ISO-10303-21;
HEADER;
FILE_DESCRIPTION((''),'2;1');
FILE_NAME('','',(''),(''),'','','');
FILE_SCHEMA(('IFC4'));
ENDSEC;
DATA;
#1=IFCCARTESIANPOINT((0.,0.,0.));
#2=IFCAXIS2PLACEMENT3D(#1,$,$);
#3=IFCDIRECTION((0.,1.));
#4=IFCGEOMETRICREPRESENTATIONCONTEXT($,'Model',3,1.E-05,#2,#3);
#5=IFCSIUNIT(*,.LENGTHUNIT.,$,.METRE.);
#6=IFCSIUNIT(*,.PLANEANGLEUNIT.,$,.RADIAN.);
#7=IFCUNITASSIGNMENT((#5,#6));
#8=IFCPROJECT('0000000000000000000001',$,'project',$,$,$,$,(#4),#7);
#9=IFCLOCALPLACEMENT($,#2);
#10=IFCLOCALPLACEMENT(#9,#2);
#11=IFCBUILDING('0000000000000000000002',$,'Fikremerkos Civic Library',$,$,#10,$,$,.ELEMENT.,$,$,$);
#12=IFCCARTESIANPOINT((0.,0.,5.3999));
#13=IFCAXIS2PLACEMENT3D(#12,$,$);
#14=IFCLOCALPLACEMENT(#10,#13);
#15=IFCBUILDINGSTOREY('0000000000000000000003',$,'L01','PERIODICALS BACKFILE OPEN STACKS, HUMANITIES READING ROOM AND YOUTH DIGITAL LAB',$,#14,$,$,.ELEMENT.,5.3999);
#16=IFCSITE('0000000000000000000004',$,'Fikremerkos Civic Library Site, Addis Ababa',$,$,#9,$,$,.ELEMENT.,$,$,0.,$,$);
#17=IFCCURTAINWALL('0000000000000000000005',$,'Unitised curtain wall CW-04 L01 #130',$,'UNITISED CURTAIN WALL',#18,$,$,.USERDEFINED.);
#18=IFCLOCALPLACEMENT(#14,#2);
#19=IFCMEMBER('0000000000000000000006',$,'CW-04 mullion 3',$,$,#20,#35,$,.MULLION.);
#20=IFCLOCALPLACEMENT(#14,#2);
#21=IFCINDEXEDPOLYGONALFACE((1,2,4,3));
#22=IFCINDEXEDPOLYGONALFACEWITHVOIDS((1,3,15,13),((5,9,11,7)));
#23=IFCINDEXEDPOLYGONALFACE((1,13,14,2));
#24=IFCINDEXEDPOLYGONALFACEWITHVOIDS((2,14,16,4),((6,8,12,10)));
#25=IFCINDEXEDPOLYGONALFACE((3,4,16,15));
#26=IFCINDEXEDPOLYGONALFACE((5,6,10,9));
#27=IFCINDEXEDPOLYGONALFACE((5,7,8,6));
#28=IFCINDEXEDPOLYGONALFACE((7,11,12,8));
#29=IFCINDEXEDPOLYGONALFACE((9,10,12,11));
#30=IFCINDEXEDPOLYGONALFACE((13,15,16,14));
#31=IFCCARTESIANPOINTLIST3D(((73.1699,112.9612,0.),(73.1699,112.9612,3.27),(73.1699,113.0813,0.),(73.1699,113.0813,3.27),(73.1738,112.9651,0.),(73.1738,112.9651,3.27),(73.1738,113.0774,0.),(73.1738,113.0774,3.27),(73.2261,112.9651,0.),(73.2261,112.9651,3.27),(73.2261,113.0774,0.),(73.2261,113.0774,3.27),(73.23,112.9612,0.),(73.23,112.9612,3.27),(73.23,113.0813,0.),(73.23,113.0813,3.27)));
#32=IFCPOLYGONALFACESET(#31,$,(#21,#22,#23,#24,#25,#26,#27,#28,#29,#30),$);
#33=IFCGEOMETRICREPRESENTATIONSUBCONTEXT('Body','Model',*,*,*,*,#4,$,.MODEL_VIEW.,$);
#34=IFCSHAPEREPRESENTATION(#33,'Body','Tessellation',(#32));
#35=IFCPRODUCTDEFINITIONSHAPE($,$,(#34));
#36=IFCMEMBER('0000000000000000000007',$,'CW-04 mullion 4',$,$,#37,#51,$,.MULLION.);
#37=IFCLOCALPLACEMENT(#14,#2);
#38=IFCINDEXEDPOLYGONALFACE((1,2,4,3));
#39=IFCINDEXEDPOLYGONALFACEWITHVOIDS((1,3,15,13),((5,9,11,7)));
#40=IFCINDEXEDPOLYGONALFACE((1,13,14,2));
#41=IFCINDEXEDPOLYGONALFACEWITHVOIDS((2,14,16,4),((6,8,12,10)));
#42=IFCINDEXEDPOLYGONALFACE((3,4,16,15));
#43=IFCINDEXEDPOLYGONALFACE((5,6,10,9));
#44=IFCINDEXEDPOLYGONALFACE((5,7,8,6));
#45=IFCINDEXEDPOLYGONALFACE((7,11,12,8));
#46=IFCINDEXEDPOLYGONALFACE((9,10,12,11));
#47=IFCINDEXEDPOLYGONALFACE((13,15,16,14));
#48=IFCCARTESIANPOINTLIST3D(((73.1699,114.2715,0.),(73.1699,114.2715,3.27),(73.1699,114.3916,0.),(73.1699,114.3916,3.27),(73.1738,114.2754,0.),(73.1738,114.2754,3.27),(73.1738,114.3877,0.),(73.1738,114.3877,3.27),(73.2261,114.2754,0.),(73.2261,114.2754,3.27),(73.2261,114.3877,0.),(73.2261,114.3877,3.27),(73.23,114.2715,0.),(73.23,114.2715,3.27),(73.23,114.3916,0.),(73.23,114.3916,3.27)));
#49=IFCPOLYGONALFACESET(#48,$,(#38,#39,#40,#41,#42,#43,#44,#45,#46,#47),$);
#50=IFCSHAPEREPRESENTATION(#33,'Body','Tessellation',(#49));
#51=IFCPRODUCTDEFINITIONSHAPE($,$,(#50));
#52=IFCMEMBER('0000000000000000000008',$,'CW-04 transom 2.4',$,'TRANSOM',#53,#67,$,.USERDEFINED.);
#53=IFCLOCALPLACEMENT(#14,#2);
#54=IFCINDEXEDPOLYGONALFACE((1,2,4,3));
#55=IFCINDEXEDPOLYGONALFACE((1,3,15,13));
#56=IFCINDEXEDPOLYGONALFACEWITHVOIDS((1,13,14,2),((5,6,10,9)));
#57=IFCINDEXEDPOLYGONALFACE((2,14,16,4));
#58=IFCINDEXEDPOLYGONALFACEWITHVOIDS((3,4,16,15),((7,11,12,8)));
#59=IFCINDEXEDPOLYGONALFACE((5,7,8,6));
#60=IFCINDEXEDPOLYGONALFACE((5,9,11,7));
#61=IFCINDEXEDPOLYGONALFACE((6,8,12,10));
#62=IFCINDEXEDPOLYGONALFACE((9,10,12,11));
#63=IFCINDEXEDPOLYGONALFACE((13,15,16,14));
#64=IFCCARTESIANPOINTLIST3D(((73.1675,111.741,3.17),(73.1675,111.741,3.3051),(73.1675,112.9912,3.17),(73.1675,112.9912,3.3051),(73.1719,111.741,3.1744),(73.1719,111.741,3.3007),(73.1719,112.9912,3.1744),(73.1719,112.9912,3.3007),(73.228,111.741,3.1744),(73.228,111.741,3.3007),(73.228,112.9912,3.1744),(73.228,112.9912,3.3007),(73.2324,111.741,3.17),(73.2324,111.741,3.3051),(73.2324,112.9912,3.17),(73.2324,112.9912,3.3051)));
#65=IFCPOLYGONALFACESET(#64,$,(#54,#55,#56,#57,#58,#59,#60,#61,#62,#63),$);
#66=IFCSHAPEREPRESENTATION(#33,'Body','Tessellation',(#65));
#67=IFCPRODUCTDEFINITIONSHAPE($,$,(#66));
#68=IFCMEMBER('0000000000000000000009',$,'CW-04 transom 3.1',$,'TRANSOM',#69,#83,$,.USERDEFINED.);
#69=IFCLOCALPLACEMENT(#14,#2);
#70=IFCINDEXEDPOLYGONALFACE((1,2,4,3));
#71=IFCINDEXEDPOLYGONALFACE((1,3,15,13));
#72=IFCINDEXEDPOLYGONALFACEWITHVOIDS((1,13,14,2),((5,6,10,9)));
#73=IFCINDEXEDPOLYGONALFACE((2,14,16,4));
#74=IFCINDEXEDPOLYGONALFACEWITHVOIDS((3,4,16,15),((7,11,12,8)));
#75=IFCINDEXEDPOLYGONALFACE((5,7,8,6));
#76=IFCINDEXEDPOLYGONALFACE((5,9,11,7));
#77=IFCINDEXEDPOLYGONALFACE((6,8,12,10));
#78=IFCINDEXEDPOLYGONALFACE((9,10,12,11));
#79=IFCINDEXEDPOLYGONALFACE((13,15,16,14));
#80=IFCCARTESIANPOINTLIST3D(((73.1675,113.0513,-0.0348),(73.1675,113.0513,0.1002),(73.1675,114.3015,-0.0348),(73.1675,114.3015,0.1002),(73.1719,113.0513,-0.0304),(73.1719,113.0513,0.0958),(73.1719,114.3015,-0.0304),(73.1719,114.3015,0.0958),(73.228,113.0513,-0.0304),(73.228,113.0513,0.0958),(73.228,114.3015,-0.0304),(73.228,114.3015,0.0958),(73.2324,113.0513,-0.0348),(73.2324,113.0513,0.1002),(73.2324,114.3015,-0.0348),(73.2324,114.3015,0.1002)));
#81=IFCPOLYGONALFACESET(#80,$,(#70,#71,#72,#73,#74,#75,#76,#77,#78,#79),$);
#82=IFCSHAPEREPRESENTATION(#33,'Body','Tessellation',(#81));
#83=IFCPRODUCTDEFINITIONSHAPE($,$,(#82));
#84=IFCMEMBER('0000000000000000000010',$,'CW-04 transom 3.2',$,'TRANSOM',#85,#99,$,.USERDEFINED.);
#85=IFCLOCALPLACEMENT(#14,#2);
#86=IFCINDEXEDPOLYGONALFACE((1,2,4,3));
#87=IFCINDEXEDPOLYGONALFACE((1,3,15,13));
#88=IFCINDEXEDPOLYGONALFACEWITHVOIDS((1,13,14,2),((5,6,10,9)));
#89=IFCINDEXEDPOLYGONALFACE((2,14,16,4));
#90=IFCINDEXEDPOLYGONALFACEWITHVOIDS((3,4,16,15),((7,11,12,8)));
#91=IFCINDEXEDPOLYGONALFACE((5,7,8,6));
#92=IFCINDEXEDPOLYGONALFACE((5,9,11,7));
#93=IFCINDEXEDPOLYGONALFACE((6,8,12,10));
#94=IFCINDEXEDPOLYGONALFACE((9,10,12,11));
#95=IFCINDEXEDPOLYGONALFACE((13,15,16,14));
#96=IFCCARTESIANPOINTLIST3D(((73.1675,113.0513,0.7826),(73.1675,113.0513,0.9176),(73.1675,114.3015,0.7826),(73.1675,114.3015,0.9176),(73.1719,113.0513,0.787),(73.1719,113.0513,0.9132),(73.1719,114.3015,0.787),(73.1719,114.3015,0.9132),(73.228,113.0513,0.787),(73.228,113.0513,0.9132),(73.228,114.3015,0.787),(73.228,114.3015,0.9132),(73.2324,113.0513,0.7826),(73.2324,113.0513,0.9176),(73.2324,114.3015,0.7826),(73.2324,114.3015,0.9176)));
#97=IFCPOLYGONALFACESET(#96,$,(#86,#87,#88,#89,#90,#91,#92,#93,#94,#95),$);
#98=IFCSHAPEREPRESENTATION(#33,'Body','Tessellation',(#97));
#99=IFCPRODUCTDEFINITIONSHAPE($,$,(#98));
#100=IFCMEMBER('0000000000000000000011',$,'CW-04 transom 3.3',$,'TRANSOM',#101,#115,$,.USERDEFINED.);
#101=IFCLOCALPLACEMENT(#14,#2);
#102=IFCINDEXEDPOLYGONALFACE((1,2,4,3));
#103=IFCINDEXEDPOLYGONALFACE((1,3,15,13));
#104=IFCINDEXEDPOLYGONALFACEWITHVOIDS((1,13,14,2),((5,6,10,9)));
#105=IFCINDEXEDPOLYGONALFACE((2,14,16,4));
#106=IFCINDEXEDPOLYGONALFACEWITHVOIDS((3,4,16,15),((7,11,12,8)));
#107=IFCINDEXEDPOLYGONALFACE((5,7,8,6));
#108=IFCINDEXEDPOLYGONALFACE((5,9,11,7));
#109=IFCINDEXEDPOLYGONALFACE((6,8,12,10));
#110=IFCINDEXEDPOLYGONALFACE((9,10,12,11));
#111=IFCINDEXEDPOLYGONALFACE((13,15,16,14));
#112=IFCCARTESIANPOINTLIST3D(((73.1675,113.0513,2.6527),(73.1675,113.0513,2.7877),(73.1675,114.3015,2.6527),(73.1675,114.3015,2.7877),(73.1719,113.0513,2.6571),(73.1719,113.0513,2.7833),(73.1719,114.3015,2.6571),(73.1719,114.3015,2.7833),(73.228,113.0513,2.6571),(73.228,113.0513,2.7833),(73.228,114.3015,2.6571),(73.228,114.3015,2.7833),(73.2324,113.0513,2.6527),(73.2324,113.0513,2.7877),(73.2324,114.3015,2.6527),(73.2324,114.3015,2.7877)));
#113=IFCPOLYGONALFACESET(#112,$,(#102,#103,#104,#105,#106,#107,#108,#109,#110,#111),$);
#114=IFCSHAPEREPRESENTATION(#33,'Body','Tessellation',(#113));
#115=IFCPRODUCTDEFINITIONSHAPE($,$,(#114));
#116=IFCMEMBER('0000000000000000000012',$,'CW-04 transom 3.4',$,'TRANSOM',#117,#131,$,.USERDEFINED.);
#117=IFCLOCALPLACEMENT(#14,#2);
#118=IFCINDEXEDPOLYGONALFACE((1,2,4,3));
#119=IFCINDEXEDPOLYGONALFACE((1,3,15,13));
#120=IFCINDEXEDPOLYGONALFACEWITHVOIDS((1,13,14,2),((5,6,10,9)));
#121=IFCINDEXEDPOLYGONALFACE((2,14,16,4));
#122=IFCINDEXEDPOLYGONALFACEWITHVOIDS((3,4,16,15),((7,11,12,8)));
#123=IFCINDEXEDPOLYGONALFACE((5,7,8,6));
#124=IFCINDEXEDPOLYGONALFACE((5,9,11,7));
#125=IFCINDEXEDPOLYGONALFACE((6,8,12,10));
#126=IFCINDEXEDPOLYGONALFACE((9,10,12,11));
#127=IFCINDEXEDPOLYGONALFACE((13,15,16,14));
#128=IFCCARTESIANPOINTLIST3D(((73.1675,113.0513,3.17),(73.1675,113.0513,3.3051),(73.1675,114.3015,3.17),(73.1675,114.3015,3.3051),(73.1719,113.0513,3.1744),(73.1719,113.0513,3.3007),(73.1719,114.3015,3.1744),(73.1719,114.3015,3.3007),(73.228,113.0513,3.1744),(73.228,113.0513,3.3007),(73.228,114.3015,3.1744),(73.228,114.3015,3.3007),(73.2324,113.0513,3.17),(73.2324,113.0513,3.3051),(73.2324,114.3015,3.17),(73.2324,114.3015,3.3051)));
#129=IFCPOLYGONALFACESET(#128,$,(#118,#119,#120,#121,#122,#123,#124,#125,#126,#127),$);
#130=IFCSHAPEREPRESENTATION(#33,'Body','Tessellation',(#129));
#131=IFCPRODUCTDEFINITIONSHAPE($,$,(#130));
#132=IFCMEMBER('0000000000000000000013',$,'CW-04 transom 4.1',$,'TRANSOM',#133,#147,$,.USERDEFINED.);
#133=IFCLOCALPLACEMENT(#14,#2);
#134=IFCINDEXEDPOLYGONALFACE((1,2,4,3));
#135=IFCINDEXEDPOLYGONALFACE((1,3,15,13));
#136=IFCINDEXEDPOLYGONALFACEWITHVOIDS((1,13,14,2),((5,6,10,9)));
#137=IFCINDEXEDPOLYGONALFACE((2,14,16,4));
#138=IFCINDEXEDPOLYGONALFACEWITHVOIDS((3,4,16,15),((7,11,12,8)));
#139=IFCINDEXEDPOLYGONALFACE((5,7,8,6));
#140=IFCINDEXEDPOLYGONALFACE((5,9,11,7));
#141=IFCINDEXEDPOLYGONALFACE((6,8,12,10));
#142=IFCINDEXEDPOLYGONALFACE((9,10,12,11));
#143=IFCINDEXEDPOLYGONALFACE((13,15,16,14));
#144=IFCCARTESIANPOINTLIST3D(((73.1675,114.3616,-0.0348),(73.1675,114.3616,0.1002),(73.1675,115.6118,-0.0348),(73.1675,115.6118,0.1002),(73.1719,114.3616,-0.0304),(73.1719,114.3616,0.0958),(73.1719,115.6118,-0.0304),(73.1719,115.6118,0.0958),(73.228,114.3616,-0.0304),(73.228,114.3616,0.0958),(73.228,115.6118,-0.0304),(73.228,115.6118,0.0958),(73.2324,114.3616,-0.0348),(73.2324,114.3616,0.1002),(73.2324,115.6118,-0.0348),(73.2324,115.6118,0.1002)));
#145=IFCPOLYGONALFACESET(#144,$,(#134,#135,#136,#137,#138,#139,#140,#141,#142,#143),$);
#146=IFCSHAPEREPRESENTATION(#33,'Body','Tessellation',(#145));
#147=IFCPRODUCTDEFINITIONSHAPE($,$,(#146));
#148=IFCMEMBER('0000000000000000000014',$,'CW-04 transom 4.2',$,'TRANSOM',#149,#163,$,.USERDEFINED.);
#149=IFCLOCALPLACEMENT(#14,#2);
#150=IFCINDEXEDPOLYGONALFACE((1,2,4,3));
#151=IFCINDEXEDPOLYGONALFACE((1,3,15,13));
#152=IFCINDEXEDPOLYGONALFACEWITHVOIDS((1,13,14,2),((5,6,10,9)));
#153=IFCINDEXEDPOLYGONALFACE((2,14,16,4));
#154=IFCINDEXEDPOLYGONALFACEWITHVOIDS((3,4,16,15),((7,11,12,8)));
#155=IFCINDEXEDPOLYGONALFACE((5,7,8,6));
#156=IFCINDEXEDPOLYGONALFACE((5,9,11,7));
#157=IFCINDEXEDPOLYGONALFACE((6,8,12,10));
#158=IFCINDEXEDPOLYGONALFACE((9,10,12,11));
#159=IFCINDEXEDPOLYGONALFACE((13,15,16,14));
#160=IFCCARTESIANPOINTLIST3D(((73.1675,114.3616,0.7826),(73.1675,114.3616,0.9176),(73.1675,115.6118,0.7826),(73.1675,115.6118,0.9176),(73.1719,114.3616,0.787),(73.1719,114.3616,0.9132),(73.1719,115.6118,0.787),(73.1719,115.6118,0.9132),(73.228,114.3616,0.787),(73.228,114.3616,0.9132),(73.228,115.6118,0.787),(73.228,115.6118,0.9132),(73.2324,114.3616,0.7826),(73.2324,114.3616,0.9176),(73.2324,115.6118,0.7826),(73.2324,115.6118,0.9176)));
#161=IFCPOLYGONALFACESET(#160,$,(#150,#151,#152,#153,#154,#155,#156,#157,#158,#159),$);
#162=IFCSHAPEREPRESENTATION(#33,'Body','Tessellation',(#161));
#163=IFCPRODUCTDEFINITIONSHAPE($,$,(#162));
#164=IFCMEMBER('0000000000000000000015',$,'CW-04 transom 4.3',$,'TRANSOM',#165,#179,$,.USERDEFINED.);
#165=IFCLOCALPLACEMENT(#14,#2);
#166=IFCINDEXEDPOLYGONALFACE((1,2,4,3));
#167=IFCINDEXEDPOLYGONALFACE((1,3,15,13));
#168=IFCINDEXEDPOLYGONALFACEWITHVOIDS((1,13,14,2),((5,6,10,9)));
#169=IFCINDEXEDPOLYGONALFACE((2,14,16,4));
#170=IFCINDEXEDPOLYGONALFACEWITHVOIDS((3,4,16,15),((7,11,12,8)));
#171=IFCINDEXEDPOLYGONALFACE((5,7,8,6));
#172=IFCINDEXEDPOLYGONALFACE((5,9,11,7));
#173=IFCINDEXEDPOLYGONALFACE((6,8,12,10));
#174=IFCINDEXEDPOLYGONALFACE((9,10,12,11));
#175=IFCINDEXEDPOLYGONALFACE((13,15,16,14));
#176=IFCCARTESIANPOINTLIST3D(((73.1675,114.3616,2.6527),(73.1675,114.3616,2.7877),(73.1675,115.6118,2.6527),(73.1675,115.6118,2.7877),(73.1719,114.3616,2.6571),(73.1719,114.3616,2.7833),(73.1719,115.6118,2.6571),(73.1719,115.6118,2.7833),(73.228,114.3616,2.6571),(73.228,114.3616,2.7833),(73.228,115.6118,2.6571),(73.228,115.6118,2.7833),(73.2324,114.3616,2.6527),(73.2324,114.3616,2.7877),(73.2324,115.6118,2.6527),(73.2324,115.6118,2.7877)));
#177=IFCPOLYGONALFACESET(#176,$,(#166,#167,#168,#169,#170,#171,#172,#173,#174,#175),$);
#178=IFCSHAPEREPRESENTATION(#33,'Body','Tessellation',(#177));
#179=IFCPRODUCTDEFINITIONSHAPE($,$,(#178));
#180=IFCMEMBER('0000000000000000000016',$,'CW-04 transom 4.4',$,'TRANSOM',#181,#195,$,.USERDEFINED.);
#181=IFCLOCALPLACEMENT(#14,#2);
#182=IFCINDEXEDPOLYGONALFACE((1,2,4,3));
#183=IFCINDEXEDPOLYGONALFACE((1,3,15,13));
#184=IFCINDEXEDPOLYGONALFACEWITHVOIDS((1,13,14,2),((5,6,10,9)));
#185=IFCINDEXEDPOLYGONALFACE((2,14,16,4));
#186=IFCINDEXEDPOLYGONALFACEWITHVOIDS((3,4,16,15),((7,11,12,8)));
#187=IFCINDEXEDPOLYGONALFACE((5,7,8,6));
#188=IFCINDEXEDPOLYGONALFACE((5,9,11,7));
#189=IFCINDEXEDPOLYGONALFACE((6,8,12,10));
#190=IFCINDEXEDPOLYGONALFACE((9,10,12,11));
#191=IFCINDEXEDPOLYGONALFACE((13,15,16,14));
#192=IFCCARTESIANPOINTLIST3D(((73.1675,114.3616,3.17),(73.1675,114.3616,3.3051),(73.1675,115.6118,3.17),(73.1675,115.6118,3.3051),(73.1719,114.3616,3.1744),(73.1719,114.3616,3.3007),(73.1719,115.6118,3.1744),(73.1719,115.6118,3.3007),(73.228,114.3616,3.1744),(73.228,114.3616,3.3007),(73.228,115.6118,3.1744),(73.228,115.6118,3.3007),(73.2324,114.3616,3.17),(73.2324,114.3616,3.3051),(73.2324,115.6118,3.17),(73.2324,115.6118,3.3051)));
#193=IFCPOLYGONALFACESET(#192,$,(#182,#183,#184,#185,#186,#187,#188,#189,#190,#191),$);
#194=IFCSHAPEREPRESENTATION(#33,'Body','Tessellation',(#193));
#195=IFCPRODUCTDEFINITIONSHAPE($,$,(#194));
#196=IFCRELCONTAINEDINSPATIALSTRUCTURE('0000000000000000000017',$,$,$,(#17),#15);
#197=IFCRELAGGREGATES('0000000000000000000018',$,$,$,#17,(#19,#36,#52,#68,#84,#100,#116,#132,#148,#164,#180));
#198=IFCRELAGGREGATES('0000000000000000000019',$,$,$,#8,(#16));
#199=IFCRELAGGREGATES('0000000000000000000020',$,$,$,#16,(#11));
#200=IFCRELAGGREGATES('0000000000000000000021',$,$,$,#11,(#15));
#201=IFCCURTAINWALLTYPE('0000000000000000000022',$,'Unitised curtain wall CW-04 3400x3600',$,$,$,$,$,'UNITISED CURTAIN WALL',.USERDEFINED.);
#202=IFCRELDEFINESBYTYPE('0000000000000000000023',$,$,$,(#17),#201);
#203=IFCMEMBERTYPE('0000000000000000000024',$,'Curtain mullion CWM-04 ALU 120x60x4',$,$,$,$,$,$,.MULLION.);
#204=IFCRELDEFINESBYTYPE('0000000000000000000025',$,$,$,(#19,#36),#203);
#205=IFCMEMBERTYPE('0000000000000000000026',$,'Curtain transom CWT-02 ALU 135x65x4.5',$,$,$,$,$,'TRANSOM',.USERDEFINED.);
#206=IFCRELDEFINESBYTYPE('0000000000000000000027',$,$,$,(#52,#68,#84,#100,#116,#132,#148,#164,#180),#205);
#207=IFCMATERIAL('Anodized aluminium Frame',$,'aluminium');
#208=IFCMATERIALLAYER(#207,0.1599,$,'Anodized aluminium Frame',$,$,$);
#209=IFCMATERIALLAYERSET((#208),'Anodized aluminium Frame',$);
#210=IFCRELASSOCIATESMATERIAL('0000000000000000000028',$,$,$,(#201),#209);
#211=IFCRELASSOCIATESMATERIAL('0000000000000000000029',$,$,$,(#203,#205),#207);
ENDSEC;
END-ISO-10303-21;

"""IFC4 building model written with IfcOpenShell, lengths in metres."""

from ifc_helpers import new_model, si_unit, direction, frame, origin, origin_2d, place, context, subcontext, project, spatial, hollow_rectangle, extrude, material, layer, layer_set, material_profile, profile_set, type_object, element, aggregate, save


model = new_model("IFC4")

# Units and contexts
model_context = context("Model", 3, precision=1e-05, world=origin(), true_north=direction((0.0, 1.0)))
body_context = subcontext(model_context, "Body", "Model", "MODEL_VIEW")
ifc_project = project(units=[si_unit("LENGTHUNIT", "METRE"), si_unit("PLANEANGLEUNIT", "RADIAN")], contexts=[model_context])

# Site, building, storey
site_placement = place(None, origin())
site = spatial("IfcSite", under=ifc_project, at=site_placement, Name="Fikremerkos Civic Library Site, Addis Ababa", CompositionType="ELEMENT", RefElevation=0.0)
building_placement = place(site_placement, origin())
building = spatial("IfcBuilding", under=site, at=building_placement, Name="Fikremerkos Civic Library", CompositionType="ELEMENT")
storey_placement = place(building_placement, frame((0.0, 0.0, 5.3999)))
storey = spatial("IfcBuildingStorey", under=building, at=storey_placement, Name="L01", Description="PERIODICALS BACKFILE OPEN STACKS, HUMANITIES READING ROOM AND YOUTH DIGITAL LAB", CompositionType="ELEMENT", Elevation=5.3999)

# Curtain wall, members
ifc_material_1 = material(Name="Anodized aluminium Frame", Category="aluminium")
ifc_layer_1 = layer(ifc_material_1, 0.1599, Name="Anodized aluminium Frame")
ifc_layer_set_1 = layer_set([ifc_layer_1], Name="Anodized aluminium Frame")
curtain_wall_type = type_object("IfcCurtainWallType", Name="Unitised curtain wall CW-04 3400x3600", ElementType="UNITISED CURTAIN WALL", PredefinedType="USERDEFINED", material=ifc_layer_set_1)
curtain_wall_placement = place(storey_placement, origin())
curtain_wall = element("IfcCurtainWall", 1, at=curtain_wall_placement, inside=storey, type_object=curtain_wall_type, Name="Unitised curtain wall CW-04 L01 #130", ObjectType="UNITISED CURTAIN WALL", PredefinedType="USERDEFINED")
ifc_material_profile_1 = material_profile(ifc_material_1, hollow_rectangle(XDim=0.0601, YDim=0.1201, WallThickness=0.0039, at=origin_2d()), Name="ALU 120x60x4")
ifc_profile_set_1 = profile_set([ifc_material_profile_1], Name="Anodized aluminium Frame")
member_type_1 = type_object("IfcMemberType", Name="Curtain mullion CWM-04 ALU 120x60x4", PredefinedType="MULLION", material=ifc_profile_set_1)
member_1_placement = place(storey_placement, frame((73.2, 113.0212, 0.0), z_axis=(0.0, 0.0, 1.0), x_axis=(-1.0, 0.0, 0.0)))
member_1 = element("IfcMember", 2, at=member_1_placement, type_object=member_type_1, Name="CW-04 mullion 3", PredefinedType="MULLION", context=body_context, shape_type="SweptSolid", body=[
    extrude(hollow_rectangle(XDim=0.0601, YDim=0.1201, WallThickness=0.0039, at=origin_2d()), origin(), (0.0, 0.0, 1.0), 3.27),
])
member_2_placement = place(storey_placement, frame((73.2, 114.3315, 0.0), z_axis=(0.0, 0.0, 1.0), x_axis=(-1.0, 0.0, 0.0)))
member_2 = element("IfcMember", 3, at=member_2_placement, type_object=member_type_1, Name="CW-04 mullion 4", PredefinedType="MULLION", context=body_context, shape_type="SweptSolid", body=[
    extrude(hollow_rectangle(XDim=0.0601, YDim=0.1201, WallThickness=0.0039, at=origin_2d()), origin(), (0.0, 0.0, 1.0), 3.27),
])
ifc_material_profile_2 = material_profile(ifc_material_1, hollow_rectangle(XDim=0.0649, YDim=0.135, WallThickness=0.0044, at=origin_2d()), Name="ALU 135x65x4.5")
ifc_profile_set_2 = profile_set([ifc_material_profile_2], Name="Anodized aluminium Frame")
member_type_2 = type_object("IfcMemberType", Name="Curtain transom CWT-02 ALU 135x65x4.5", ElementType="TRANSOM", PredefinedType="USERDEFINED", material=ifc_profile_set_2)
member_3_placement = place(storey_placement, frame((73.2, 111.741, 3.2375), z_axis=(0.0, 1.0, 0.0), x_axis=(-1.0, 0.0, 0.0)))
member_3 = element("IfcMember", 4, at=member_3_placement, type_object=member_type_2, Name="CW-04 transom 2.4", ObjectType="TRANSOM", PredefinedType="USERDEFINED", context=body_context, shape_type="SweptSolid", body=[
    extrude(hollow_rectangle(XDim=0.0649, YDim=0.135, WallThickness=0.0044, at=origin_2d()), origin(), (0.0, 0.0, 1.0), 1.2502),
])
member_4_placement = place(storey_placement, frame((73.2, 113.0513, 0.0327), z_axis=(0.0, 1.0, 0.0), x_axis=(-1.0, 0.0, 0.0)))
member_4 = element("IfcMember", 5, at=member_4_placement, type_object=member_type_2, Name="CW-04 transom 3.1", ObjectType="TRANSOM", PredefinedType="USERDEFINED", context=body_context, shape_type="SweptSolid", body=[
    extrude(hollow_rectangle(XDim=0.0649, YDim=0.135, WallThickness=0.0044, at=origin_2d()), origin(), (0.0, 0.0, 1.0), 1.2502),
])
member_5_placement = place(storey_placement, frame((73.2, 113.0513, 0.8501), z_axis=(0.0, 1.0, 0.0), x_axis=(-1.0, 0.0, 0.0)))
member_5 = element("IfcMember", 6, at=member_5_placement, type_object=member_type_2, Name="CW-04 transom 3.2", ObjectType="TRANSOM", PredefinedType="USERDEFINED", context=body_context, shape_type="SweptSolid", body=[
    extrude(hollow_rectangle(XDim=0.0649, YDim=0.135, WallThickness=0.0044, at=origin_2d()), origin(), (0.0, 0.0, 1.0), 1.2502),
])
member_6_placement = place(storey_placement, frame((73.2, 113.0513, 2.7202), z_axis=(0.0, 1.0, 0.0), x_axis=(-1.0, 0.0, 0.0)))
member_6 = element("IfcMember", 7, at=member_6_placement, type_object=member_type_2, Name="CW-04 transom 3.3", ObjectType="TRANSOM", PredefinedType="USERDEFINED", context=body_context, shape_type="SweptSolid", body=[
    extrude(hollow_rectangle(XDim=0.0649, YDim=0.135, WallThickness=0.0044, at=origin_2d()), origin(), (0.0, 0.0, 1.0), 1.2502),
])
member_7_placement = place(storey_placement, frame((73.2, 113.0513, 3.2375), z_axis=(0.0, 1.0, 0.0), x_axis=(-1.0, 0.0, 0.0)))
member_7 = element("IfcMember", 8, at=member_7_placement, type_object=member_type_2, Name="CW-04 transom 3.4", ObjectType="TRANSOM", PredefinedType="USERDEFINED", context=body_context, shape_type="SweptSolid", body=[
    extrude(hollow_rectangle(XDim=0.0649, YDim=0.135, WallThickness=0.0044, at=origin_2d()), origin(), (0.0, 0.0, 1.0), 1.2502),
])
member_8_placement = place(storey_placement, frame((73.2, 114.3616, 0.0327), z_axis=(0.0, 1.0, 0.0), x_axis=(-1.0, 0.0, 0.0)))
member_8 = element("IfcMember", 9, at=member_8_placement, type_object=member_type_2, Name="CW-04 transom 4.1", ObjectType="TRANSOM", PredefinedType="USERDEFINED", context=body_context, shape_type="SweptSolid", body=[
    extrude(hollow_rectangle(XDim=0.0649, YDim=0.135, WallThickness=0.0044, at=origin_2d()), origin(), (0.0, 0.0, 1.0), 1.2502),
])
member_9_placement = place(storey_placement, frame((73.2, 114.3616, 0.8501), z_axis=(0.0, 1.0, 0.0), x_axis=(-1.0, 0.0, 0.0)))
member_9 = element("IfcMember", 10, at=member_9_placement, type_object=member_type_2, Name="CW-04 transom 4.2", ObjectType="TRANSOM", PredefinedType="USERDEFINED", context=body_context, shape_type="SweptSolid", body=[
    extrude(hollow_rectangle(XDim=0.0649, YDim=0.135, WallThickness=0.0044, at=origin_2d()), origin(), (0.0, 0.0, 1.0), 1.2502),
])
member_10_placement = place(storey_placement, frame((73.2, 114.3616, 2.7202), z_axis=(0.0, 1.0, 0.0), x_axis=(-1.0, 0.0, 0.0)))
member_10 = element("IfcMember", 11, at=member_10_placement, type_object=member_type_2, Name="CW-04 transom 4.3", ObjectType="TRANSOM", PredefinedType="USERDEFINED", context=body_context, shape_type="SweptSolid", body=[
    extrude(hollow_rectangle(XDim=0.0649, YDim=0.135, WallThickness=0.0044, at=origin_2d()), origin(), (0.0, 0.0, 1.0), 1.2502),
])
member_11_placement = place(storey_placement, frame((73.2, 114.3616, 3.2375), z_axis=(0.0, 1.0, 0.0), x_axis=(-1.0, 0.0, 0.0)))
member_11 = element("IfcMember", 12, at=member_11_placement, type_object=member_type_2, Name="CW-04 transom 4.4", ObjectType="TRANSOM", PredefinedType="USERDEFINED", context=body_context, shape_type="SweptSolid", body=[
    extrude(hollow_rectangle(XDim=0.0649, YDim=0.135, WallThickness=0.0044, at=origin_2d()), origin(), (0.0, 0.0, 1.0), 1.2502),
])
aggregate(curtain_wall, [member_1, member_2, member_3, member_4, member_5, member_6, member_7, member_8, member_9, member_10, member_11])

save(model, "model.ifc")
